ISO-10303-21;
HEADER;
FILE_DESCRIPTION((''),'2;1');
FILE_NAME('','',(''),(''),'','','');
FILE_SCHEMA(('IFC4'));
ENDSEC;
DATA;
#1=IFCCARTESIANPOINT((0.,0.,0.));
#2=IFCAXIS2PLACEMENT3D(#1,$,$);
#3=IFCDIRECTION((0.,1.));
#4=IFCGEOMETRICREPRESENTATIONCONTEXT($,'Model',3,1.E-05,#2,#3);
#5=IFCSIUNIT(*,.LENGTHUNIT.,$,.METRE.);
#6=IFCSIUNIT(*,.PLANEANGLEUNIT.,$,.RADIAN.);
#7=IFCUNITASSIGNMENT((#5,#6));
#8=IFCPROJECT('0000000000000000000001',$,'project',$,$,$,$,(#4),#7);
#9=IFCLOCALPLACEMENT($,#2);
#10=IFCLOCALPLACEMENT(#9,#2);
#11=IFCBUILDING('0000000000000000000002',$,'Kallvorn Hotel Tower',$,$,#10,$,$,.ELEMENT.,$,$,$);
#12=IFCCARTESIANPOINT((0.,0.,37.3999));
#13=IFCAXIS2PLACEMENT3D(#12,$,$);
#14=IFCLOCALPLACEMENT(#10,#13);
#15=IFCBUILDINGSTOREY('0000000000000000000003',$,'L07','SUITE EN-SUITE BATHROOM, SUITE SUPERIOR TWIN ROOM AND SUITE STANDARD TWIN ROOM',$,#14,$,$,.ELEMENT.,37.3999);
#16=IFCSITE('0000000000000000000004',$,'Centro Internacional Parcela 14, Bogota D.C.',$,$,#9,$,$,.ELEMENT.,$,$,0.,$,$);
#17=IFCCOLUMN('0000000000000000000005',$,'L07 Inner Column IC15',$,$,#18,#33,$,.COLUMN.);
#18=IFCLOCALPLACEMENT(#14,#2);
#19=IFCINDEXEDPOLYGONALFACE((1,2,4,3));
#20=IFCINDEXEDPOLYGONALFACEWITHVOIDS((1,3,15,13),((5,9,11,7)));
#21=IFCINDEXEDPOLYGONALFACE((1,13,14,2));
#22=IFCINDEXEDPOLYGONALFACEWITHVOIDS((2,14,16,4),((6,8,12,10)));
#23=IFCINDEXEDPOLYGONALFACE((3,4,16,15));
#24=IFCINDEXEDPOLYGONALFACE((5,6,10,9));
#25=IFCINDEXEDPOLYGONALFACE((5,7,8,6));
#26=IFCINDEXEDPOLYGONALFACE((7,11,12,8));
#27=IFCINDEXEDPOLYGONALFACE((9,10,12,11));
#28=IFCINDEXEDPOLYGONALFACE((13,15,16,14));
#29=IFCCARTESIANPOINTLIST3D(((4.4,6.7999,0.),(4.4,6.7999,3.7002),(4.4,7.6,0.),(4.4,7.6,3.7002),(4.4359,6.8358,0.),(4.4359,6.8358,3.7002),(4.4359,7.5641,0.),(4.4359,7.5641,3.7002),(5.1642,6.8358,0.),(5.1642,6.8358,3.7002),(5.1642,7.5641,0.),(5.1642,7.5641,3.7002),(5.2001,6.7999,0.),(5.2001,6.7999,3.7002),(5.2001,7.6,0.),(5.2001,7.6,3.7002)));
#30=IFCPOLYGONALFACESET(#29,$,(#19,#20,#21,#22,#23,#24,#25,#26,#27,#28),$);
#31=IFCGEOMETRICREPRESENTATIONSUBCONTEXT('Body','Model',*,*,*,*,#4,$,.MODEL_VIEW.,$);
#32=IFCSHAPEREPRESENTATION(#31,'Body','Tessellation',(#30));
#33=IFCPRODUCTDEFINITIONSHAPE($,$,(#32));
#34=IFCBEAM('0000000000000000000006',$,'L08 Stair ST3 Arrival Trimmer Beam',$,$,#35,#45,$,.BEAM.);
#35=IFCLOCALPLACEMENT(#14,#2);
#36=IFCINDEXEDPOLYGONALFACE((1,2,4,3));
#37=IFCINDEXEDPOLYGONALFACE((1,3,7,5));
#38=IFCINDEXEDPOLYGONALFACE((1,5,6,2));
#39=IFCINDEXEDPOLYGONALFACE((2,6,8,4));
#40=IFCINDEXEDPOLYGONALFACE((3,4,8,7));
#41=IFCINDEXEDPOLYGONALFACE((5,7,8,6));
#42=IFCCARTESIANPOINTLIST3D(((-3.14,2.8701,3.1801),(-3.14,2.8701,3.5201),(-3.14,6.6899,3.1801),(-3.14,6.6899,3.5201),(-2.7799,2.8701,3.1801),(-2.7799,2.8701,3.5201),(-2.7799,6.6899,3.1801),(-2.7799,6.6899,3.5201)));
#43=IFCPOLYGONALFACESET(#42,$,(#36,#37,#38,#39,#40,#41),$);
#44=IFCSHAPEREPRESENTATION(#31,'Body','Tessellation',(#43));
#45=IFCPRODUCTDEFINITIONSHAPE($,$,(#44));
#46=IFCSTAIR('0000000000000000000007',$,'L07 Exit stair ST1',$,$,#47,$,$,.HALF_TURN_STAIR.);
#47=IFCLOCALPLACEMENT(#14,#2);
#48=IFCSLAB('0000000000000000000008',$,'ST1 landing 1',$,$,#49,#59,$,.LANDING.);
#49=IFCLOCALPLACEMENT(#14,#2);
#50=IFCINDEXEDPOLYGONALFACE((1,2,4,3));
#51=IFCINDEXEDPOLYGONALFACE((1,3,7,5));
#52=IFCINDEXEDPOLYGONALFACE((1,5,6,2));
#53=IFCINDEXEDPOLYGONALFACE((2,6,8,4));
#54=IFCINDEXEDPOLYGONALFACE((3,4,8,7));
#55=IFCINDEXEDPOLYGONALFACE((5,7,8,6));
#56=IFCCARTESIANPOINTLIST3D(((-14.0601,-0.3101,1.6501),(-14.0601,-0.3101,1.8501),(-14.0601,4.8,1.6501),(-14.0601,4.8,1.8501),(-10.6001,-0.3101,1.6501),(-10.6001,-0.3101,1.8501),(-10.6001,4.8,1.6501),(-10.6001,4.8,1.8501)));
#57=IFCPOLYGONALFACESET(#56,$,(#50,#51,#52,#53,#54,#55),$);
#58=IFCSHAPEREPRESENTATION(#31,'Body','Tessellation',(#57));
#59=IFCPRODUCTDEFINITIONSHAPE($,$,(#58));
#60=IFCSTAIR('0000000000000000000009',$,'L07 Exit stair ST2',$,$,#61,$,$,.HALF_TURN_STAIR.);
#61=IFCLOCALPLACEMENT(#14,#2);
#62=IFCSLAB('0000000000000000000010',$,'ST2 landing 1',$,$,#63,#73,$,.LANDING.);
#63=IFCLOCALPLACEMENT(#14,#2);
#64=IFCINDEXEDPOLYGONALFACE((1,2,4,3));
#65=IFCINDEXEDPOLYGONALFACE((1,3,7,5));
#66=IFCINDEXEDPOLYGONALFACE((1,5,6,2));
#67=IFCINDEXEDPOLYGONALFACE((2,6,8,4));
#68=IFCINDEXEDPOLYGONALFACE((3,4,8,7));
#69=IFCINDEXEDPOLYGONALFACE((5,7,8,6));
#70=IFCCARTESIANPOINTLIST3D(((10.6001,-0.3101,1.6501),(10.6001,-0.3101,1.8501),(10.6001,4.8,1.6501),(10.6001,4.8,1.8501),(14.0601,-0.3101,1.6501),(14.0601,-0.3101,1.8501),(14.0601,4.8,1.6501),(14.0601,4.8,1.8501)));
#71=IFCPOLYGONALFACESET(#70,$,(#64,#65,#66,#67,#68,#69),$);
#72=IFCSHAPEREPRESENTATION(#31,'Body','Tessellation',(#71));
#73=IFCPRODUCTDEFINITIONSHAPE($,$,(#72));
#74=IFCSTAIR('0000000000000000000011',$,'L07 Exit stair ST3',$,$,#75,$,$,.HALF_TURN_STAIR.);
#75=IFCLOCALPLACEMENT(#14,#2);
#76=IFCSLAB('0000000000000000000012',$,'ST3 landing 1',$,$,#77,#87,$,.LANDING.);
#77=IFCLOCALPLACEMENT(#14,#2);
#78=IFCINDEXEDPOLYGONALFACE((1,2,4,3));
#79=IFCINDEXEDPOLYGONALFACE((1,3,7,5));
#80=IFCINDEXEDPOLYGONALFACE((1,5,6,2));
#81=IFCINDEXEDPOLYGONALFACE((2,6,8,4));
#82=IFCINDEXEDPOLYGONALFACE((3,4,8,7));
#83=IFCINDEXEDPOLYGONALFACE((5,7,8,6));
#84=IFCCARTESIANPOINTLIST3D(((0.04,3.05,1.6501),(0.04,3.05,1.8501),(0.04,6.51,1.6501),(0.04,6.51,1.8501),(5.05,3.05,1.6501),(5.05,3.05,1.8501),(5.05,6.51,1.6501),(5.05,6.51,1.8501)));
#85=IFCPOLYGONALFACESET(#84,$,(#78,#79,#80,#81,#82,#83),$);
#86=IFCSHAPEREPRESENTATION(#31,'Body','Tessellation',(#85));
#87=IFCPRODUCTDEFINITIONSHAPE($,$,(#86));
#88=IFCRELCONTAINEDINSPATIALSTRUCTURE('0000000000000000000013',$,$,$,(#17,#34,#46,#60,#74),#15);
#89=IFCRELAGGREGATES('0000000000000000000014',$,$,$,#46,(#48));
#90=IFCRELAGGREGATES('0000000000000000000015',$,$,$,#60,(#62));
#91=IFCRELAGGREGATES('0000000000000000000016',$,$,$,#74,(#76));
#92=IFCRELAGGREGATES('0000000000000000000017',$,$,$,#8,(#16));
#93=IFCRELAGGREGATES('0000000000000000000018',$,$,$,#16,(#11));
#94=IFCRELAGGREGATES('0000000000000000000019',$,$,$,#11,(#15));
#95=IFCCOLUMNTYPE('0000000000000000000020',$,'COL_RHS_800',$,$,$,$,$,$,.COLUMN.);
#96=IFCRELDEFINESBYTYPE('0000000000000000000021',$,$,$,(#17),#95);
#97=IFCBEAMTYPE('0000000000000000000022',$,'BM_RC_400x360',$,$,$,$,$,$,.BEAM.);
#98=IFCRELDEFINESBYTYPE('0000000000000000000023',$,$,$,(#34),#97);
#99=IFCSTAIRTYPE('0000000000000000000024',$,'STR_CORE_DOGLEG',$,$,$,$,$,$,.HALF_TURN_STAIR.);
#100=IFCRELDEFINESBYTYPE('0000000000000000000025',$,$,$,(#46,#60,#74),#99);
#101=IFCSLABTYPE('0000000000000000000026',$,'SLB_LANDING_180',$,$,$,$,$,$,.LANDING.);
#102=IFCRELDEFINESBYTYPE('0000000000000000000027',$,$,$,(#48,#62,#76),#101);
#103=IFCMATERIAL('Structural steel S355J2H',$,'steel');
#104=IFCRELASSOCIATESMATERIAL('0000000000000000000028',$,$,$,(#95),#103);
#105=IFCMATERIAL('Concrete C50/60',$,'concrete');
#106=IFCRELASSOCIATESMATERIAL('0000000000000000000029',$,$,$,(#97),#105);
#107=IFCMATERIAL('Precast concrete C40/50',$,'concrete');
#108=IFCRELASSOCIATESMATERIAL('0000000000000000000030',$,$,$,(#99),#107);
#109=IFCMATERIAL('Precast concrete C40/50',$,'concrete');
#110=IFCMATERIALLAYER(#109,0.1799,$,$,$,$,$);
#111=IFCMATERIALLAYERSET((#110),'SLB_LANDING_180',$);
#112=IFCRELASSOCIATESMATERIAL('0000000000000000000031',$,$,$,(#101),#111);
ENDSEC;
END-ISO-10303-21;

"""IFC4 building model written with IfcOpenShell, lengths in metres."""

from ifc_helpers import new_model, si_unit, direction, frame, origin, origin_2d, place, context, subcontext, project, spatial, polyline, rectangle, hollow_rectangle, outline, extrude, material, layer, layer_set, material_profile, profile_set, type_object, element, aggregate, save


model = new_model("IFC4")

# Units and contexts
model_context = context("Model", 3, precision=1e-05, world=origin(), true_north=direction((0.0, 1.0)))
body_context = subcontext(model_context, "Body", "Model", "MODEL_VIEW")
ifc_project = project(units=[si_unit("LENGTHUNIT", "METRE"), si_unit("PLANEANGLEUNIT", "RADIAN")], contexts=[model_context])

# Site, building, storey
site_placement = place(None, origin())
site = spatial("IfcSite", under=ifc_project, at=site_placement, Name="Centro Internacional Parcela 14, Bogota D.C.", CompositionType="ELEMENT", RefElevation=0.0)
building_placement = place(site_placement, origin())
building = spatial("IfcBuilding", under=site, at=building_placement, Name="Kallvorn Hotel Tower", CompositionType="ELEMENT")
storey_placement = place(building_placement, frame((0.0, 0.0, 37.3999)))
storey = spatial("IfcBuildingStorey", under=building, at=storey_placement, Name="L07", Description="SUITE EN-SUITE BATHROOM, SUITE SUPERIOR TWIN ROOM AND SUITE STANDARD TWIN ROOM", CompositionType="ELEMENT", Elevation=37.3999)

# Column
ifc_material_1 = material(Name="Structural steel S355J2H", Category="steel")
ifc_material_profile_1 = material_profile(ifc_material_1, hollow_rectangle(XDim=0.8, YDim=0.8, WallThickness=0.0359, at=origin_2d()), Name="RHS 800x800x36")
ifc_profile_set_1 = profile_set([ifc_material_profile_1], Name="Structural steel S355J2H")
column_type = type_object("IfcColumnType", Name="COL_RHS_800", PredefinedType="COLUMN", material=ifc_profile_set_1)
column_placement = place(storey_placement, frame((4.8, 7.2, 0.0), z_axis=(0.0, 0.0, 1.0), x_axis=(1.0, 0.0, 0.0)))
element("IfcColumn", 1, at=column_placement, inside=storey, type_object=column_type, Name="L07 Inner Column IC15", PredefinedType="COLUMN", context=body_context, shape_type="SweptSolid", body=[
    extrude(hollow_rectangle(XDim=0.8, YDim=0.8, WallThickness=0.0359, at=origin_2d()), origin(), (0.0, 0.0, 1.0), 3.7002),
])

# Beam
ifc_material_2 = material(Name="Concrete C50/60", Category="concrete")
ifc_material_profile_2 = material_profile(ifc_material_2, rectangle(XDim=0.3601, YDim=0.3401, at=origin_2d()), Name="RC 360x340")
ifc_profile_set_2 = profile_set([ifc_material_profile_2], Name="Concrete C50/60")
beam_type = type_object("IfcBeamType", Name="BM_RC_400x360", PredefinedType="BEAM", material=ifc_profile_set_2)
beam_placement = place(storey_placement, frame((-2.96, 2.8701, 3.3501), z_axis=(0.0, 1.0, 0.0), x_axis=(-1.0, 0.0, 0.0)))
element("IfcBeam", 2, at=beam_placement, inside=storey, type_object=beam_type, Name="L08 Stair ST3 Arrival Trimmer Beam", PredefinedType="BEAM", context=body_context, shape_type="SweptSolid", body=[
    extrude(rectangle(XDim=0.3601, YDim=0.3401, at=origin_2d()), origin(), (0.0, 0.0, 1.0), 3.8198),
])

# Stairs, slabs
ifc_material_3 = material(Name="Precast concrete C40/50", Category="concrete")
stair_type = type_object("IfcStairType", Name="STR_CORE_DOGLEG", PredefinedType="HALF_TURN_STAIR", material=ifc_material_3)
stair_1_placement = place(storey_placement, origin())
stair_1 = element("IfcStair", 3, at=stair_1_placement, inside=storey, type_object=stair_type, Name="L07 Exit stair ST1", PredefinedType="HALF_TURN_STAIR")
ifc_material_4 = material(Name="Precast concrete C40/50", Category="concrete")
ifc_layer_1 = layer(ifc_material_4, 0.1799)
ifc_layer_set_1 = layer_set([ifc_layer_1], Name="SLB_LANDING_180")
slab_type_1 = type_object("IfcSlabType", Name="SLB_LANDING_180", PredefinedType="LANDING", material=ifc_layer_set_1)
slab_1_placement = place(storey_placement, frame((0.0, 0.0, 1.6501)))
slab_1 = element("IfcSlab", 4, at=slab_1_placement, type_object=slab_type_1, Name="ST1 landing 1", PredefinedType="LANDING", context=body_context, shape_type="SweptSolid", body=[
    extrude(outline(polyline([(-10.6001, -0.3101), (-10.6001, 4.8), (-14.0601, 4.8), (-14.0601, -0.3101), (-10.6001, -0.3101)])), origin(), (0.0, 0.0, 1.0), 0.2),
])
aggregate(stair_1, [slab_1])
stair_2_placement = place(storey_placement, origin())
stair_2 = element("IfcStair", 5, at=stair_2_placement, inside=storey, type_object=stair_type, Name="L07 Exit stair ST2", PredefinedType="HALF_TURN_STAIR")
slab_2_placement = place(storey_placement, frame((0.0, 0.0, 1.6501)))
slab_2 = element("IfcSlab", 6, at=slab_2_placement, type_object=slab_type_1, Name="ST2 landing 1", PredefinedType="LANDING", context=body_context, shape_type="SweptSolid", body=[
    extrude(outline(polyline([(14.0601, -0.3101), (14.0601, 4.8), (10.6001, 4.8), (10.6001, -0.3101), (14.0601, -0.3101)])), origin(), (0.0, 0.0, 1.0), 0.2),
])
stair_3_placement = place(storey_placement, origin())
stair_3 = element("IfcStair", 7, at=stair_3_placement, inside=storey, type_object=stair_type, Name="L07 Exit stair ST3", PredefinedType="HALF_TURN_STAIR")
slab_3_placement = place(storey_placement, frame((0.0, 0.0, 1.6501)))
slab_3 = element("IfcSlab", 8, at=slab_3_placement, type_object=slab_type_1, Name="ST3 landing 1", PredefinedType="LANDING", context=body_context, shape_type="SweptSolid", body=[
    extrude(outline(polyline([(0.04, 3.05), (5.05, 3.05), (5.05, 6.51), (0.04, 6.51), (0.04, 3.05)])), origin(), (0.0, 0.0, 1.0), 0.2),
])

aggregate(stair_2, [slab_2])
aggregate(stair_3, [slab_3])

save(model, "model.ifc")
